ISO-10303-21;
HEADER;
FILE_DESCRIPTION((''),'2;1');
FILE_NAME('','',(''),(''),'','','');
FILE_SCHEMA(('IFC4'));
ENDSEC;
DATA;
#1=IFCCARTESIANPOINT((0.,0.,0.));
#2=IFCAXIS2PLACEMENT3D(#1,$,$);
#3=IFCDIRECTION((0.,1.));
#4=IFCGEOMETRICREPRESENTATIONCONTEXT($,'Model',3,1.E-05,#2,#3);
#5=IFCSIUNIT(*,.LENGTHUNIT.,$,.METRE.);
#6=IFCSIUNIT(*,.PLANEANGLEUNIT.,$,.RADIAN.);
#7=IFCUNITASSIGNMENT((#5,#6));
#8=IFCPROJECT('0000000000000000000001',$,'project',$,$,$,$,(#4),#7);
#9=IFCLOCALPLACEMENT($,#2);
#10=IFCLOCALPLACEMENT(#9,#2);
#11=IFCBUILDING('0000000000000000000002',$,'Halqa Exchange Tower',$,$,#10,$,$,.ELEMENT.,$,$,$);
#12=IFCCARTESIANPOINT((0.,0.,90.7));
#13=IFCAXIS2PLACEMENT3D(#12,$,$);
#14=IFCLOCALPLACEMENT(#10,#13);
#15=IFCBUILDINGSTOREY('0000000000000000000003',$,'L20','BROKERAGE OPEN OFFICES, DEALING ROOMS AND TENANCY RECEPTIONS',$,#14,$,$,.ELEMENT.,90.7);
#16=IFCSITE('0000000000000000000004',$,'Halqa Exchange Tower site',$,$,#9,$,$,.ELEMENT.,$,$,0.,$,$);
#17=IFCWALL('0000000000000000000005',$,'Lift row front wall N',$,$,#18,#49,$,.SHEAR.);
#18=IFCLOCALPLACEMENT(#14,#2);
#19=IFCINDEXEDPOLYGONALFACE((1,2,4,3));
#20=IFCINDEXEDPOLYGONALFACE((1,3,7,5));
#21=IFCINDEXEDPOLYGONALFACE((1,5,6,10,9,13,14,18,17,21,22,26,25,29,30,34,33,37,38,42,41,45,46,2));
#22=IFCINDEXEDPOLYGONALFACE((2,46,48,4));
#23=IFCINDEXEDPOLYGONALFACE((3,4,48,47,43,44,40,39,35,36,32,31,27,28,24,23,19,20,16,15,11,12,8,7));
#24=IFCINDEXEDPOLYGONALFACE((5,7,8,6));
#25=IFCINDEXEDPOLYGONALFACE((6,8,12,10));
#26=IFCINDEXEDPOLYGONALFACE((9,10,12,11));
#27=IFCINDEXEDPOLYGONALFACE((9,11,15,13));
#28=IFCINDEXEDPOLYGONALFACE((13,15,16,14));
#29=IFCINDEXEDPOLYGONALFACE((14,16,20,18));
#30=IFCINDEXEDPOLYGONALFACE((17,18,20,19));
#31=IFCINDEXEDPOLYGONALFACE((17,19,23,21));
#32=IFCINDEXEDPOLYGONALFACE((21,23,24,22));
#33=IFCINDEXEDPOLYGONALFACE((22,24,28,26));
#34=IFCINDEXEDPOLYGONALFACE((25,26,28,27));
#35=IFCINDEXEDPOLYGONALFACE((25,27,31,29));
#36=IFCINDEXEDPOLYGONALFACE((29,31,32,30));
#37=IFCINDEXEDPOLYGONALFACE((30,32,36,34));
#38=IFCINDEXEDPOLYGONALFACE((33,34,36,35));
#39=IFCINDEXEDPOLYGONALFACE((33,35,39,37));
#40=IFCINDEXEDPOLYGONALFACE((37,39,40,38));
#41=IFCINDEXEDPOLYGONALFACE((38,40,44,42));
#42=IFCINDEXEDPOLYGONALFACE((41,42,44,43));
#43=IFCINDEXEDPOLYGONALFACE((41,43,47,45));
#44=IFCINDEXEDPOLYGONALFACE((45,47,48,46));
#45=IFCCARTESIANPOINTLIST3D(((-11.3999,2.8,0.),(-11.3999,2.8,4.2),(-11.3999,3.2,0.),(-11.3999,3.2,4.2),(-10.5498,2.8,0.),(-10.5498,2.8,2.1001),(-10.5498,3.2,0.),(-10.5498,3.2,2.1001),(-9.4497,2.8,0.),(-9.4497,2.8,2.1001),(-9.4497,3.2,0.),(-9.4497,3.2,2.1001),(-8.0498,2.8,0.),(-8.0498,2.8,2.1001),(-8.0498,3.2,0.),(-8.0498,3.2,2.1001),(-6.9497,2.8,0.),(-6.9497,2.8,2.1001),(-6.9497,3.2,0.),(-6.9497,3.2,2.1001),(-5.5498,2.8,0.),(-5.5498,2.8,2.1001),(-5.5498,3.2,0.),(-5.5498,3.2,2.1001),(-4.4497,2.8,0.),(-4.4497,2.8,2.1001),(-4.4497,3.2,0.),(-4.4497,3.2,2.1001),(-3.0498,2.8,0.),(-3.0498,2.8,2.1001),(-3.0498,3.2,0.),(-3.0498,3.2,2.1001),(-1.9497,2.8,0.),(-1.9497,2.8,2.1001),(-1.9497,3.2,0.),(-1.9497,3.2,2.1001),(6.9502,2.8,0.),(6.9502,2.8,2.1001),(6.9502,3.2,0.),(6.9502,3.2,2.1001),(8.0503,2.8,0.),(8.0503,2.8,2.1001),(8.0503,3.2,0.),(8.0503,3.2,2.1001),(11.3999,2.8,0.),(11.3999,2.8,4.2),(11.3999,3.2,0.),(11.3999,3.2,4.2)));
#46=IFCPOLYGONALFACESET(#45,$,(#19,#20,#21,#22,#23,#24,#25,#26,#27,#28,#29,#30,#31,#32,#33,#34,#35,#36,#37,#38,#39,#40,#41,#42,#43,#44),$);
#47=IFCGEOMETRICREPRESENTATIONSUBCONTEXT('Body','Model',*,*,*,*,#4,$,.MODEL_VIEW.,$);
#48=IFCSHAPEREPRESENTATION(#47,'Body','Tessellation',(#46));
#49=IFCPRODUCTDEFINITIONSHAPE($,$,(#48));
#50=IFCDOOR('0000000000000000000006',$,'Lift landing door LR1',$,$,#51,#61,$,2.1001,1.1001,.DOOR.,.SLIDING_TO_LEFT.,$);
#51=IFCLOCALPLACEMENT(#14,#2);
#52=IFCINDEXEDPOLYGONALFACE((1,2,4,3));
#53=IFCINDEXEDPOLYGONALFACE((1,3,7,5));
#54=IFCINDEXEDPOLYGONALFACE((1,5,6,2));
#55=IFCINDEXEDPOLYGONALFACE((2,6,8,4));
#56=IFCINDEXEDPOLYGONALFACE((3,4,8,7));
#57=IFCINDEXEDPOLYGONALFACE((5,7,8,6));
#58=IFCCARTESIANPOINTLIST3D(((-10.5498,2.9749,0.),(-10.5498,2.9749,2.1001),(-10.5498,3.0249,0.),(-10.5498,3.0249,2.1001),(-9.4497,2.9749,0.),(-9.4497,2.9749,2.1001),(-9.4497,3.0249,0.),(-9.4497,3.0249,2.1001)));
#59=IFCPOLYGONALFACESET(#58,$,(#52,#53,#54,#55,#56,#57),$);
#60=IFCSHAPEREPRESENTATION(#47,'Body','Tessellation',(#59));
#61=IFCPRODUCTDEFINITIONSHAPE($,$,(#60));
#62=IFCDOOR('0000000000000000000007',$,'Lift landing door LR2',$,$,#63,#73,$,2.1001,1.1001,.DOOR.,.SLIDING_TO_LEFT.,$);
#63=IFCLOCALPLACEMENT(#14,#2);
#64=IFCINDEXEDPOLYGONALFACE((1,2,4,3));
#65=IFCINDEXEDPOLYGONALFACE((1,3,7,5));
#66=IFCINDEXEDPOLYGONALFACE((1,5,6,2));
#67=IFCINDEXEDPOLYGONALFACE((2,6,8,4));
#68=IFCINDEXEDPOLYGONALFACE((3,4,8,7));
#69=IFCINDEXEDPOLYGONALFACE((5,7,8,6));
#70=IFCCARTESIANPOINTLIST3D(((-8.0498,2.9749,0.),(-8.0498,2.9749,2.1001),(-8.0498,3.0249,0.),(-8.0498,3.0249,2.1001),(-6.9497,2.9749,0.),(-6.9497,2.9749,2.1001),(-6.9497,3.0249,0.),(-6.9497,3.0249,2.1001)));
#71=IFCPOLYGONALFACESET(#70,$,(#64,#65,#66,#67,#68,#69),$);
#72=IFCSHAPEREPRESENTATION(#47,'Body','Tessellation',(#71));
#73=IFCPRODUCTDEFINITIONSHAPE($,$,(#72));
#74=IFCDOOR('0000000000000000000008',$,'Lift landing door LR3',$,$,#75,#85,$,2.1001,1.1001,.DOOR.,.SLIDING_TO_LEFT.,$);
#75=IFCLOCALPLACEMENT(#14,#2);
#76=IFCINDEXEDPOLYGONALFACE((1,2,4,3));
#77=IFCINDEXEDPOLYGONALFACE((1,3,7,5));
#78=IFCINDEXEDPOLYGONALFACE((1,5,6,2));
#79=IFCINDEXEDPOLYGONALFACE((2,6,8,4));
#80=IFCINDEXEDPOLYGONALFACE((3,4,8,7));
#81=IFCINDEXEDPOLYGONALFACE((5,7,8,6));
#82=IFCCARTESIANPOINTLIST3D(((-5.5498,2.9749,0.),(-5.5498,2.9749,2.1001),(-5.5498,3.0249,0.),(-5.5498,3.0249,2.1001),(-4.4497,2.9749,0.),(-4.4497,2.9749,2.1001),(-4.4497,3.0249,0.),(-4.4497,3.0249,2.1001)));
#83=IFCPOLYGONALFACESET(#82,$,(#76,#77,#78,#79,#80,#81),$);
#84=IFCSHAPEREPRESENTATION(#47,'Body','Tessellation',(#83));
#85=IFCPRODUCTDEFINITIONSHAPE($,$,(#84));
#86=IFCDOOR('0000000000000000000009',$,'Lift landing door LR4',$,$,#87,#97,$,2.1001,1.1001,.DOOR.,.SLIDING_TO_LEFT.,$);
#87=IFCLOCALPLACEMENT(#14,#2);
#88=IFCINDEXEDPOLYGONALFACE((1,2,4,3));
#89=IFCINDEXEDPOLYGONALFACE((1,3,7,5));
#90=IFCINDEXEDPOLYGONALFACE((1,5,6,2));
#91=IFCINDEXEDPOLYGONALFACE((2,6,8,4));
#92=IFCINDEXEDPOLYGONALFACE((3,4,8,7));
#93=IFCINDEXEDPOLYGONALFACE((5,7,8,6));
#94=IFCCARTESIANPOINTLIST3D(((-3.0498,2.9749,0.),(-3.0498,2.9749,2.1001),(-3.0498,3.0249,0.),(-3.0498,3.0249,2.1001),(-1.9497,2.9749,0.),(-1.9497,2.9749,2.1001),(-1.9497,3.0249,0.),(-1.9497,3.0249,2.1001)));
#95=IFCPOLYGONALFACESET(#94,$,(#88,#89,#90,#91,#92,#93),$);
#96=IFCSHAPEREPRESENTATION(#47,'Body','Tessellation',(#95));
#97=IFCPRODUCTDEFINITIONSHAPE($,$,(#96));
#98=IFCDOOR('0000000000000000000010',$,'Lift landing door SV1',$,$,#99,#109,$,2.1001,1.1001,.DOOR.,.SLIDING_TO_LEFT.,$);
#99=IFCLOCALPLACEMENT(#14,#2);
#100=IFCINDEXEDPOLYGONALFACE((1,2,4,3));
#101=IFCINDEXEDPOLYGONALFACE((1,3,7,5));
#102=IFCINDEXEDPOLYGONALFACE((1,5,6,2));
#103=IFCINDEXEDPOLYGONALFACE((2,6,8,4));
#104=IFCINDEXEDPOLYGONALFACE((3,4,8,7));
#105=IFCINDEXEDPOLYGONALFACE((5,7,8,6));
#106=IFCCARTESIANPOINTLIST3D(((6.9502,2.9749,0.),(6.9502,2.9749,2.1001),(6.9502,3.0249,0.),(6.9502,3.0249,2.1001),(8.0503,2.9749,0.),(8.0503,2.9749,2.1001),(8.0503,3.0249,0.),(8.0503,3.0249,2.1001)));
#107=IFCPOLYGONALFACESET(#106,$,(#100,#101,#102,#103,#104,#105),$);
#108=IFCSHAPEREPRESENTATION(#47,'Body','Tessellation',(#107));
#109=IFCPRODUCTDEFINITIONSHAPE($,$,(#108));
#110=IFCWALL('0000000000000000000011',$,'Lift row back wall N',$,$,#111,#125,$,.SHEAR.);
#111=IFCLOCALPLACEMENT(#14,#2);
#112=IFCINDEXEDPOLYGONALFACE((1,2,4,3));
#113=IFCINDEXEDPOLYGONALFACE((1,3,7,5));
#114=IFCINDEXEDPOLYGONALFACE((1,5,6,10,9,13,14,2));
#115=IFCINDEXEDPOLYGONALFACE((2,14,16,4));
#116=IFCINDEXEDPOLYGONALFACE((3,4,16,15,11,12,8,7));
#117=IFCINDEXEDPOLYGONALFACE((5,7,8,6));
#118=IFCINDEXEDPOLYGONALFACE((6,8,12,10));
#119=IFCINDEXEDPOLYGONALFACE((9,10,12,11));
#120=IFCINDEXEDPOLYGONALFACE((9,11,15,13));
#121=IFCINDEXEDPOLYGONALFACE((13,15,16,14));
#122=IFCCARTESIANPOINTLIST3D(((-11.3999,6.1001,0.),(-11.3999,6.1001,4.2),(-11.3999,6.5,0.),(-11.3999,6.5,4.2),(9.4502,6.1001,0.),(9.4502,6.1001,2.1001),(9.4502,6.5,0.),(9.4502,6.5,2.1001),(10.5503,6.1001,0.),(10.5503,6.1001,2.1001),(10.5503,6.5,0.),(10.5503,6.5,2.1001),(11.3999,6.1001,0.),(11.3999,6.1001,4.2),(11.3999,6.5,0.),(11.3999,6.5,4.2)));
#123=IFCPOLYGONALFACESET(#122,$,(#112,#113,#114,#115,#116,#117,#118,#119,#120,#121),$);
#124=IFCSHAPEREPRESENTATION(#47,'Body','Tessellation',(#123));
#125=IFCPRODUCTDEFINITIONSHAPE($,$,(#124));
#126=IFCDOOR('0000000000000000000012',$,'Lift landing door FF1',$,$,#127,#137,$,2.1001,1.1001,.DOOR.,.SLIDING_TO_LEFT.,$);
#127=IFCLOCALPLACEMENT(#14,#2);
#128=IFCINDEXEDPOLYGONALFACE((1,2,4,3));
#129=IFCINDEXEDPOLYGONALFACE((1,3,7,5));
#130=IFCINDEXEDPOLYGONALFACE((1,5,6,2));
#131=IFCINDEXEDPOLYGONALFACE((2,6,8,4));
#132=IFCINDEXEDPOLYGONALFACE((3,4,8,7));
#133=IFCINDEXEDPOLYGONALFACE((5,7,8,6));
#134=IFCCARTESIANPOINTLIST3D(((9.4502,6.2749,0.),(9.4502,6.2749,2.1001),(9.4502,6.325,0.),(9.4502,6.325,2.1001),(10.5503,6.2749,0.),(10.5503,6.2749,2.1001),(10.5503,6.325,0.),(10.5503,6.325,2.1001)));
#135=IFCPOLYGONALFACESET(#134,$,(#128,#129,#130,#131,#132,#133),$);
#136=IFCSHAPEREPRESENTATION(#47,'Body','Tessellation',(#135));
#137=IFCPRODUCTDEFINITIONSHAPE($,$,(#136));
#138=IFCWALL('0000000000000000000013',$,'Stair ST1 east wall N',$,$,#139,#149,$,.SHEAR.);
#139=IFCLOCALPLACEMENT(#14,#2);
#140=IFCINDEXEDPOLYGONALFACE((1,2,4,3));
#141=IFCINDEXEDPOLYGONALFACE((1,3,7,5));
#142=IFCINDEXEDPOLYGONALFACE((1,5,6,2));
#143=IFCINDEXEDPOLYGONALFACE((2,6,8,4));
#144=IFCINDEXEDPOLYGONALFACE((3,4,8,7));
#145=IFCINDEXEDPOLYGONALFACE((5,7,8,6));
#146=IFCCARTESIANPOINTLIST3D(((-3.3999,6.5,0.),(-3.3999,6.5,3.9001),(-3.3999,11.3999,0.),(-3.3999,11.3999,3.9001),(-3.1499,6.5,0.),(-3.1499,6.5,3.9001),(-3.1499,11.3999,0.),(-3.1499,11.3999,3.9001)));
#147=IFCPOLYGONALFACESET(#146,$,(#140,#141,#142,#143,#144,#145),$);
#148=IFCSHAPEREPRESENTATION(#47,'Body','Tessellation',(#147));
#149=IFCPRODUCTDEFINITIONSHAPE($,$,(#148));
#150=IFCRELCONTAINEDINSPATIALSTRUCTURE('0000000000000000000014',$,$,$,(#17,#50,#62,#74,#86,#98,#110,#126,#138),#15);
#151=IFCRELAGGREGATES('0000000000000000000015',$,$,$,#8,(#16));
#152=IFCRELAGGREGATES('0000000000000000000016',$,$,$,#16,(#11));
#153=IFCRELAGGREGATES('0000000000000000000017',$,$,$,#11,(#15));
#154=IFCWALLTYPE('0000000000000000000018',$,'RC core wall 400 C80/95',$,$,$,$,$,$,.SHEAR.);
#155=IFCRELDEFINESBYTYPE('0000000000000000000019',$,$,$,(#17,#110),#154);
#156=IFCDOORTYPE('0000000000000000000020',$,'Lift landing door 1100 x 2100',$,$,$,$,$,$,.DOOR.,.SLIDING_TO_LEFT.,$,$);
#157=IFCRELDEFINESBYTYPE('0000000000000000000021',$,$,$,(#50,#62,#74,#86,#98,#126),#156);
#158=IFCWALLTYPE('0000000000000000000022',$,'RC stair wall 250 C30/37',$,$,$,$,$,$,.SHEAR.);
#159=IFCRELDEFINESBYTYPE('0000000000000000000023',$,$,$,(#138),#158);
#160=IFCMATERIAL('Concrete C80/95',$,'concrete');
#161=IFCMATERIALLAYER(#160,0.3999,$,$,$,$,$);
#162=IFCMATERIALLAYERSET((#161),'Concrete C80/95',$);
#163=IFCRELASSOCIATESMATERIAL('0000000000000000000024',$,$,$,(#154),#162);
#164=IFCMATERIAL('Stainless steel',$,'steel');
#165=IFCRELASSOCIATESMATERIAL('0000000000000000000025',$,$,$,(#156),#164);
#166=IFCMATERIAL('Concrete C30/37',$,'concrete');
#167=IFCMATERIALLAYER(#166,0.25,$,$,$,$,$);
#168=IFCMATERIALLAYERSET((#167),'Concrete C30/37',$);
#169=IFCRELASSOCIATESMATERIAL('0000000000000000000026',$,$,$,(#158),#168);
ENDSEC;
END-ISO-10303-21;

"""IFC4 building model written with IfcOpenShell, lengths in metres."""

from ifc_helpers import new_model, si_unit, direction, frame, frame_2d, origin, place, context, subcontext, project, spatial, rectangle, extrude, material, layer, layer_set, type_object, element, fill, save


model = new_model("IFC4")

# Units and contexts
model_context = context("Model", 3, precision=1e-05, world=origin(), true_north=direction((0.0, 1.0)))
body_context = subcontext(model_context, "Body", "Model", "MODEL_VIEW")
ifc_project = project(units=[si_unit("LENGTHUNIT", "METRE"), si_unit("PLANEANGLEUNIT", "RADIAN")], contexts=[model_context])

# Site, building, storey
site_placement = place(None, origin())
site = spatial("IfcSite", under=ifc_project, at=site_placement, Name="Halqa Exchange Tower site", CompositionType="ELEMENT", RefElevation=0.0)
building_placement = place(site_placement, origin())
building = spatial("IfcBuilding", under=site, at=building_placement, Name="Halqa Exchange Tower", CompositionType="ELEMENT")
storey_placement = place(building_placement, frame((0.0, 0.0, 90.7)))
storey = spatial("IfcBuildingStorey", under=building, at=storey_placement, Name="L20", Description="BROKERAGE OPEN OFFICES, DEALING ROOMS AND TENANCY RECEPTIONS", CompositionType="ELEMENT", Elevation=90.7)

# Wall, openings, doors
ifc_material_1 = material(Name="Concrete C80/95", Category="concrete")
ifc_layer_1 = layer(ifc_material_1, 0.3999)
ifc_layer_set_1 = layer_set([ifc_layer_1], Name="Concrete C80/95")
wall_type_1 = type_object("IfcWallType", Name="RC core wall 400 C80/95", PredefinedType="SHEAR", material=ifc_layer_set_1)
wall_1_placement = place(storey_placement, frame((-11.3999, 3.0, 0.0), z_axis=(0.0, 0.0, 1.0), x_axis=(1.0, 0.0, 0.0)))
wall_1 = element("IfcWall", 1, at=wall_1_placement, inside=storey, type_object=wall_type_1, Name="Lift row front wall N", PredefinedType="SHEAR", context=body_context, shape_type="SweptSolid", body=[
    extrude(rectangle(XDim=22.7998, YDim=0.3999, at=frame_2d((11.3999, 0.0))), origin(), (0.0, 0.0, 1.0), 4.2),
])
opening_1_placement = place(wall_1_placement, frame((0.8501, 0.0, 0.0)))
opening_1 = element("IfcOpeningElement", 2, at=opening_1_placement, cuts=wall_1, PredefinedType="OPENING", context=body_context, shape_type="SweptSolid", body=[
    extrude(rectangle(XDim=1.1001, YDim=2.1001, at=frame_2d((0.55, 1.05))), frame((0.0, 0.2119, 0.0), z_axis=(0.0, -1.0, 0.0), x_axis=(1.0, 0.0, 0.0)), (0.0, 0.0, 1.0), 0.4238),
])
opening_2_placement = place(wall_1_placement, frame((3.3501, 0.0, 0.0)))
opening_2 = element("IfcOpeningElement", 3, at=opening_2_placement, cuts=wall_1, PredefinedType="OPENING", context=body_context, shape_type="SweptSolid", body=[
    extrude(rectangle(XDim=1.1001, YDim=2.1001, at=frame_2d((0.55, 1.05))), frame((0.0, 0.2119, 0.0), z_axis=(0.0, -1.0, 0.0), x_axis=(1.0, 0.0, 0.0)), (0.0, 0.0, 1.0), 0.4238),
])
opening_3_placement = place(wall_1_placement, frame((5.8501, 0.0, 0.0)))
opening_3 = element("IfcOpeningElement", 4, at=opening_3_placement, cuts=wall_1, PredefinedType="OPENING", context=body_context, shape_type="SweptSolid", body=[
    extrude(rectangle(XDim=1.1001, YDim=2.1001, at=frame_2d((0.55, 1.05))), frame((0.0, 0.2119, 0.0), z_axis=(0.0, -1.0, 0.0), x_axis=(1.0, 0.0, 0.0)), (0.0, 0.0, 1.0), 0.4238),
])
opening_4_placement = place(wall_1_placement, frame((8.3501, 0.0, 0.0)))
opening_4 = element("IfcOpeningElement", 5, at=opening_4_placement, cuts=wall_1, PredefinedType="OPENING", context=body_context, shape_type="SweptSolid", body=[
    extrude(rectangle(XDim=1.1001, YDim=2.1001, at=frame_2d((0.55, 1.05))), frame((0.0, 0.2119, 0.0), z_axis=(0.0, -1.0, 0.0), x_axis=(1.0, 0.0, 0.0)), (0.0, 0.0, 1.0), 0.4238),
])
opening_5_placement = place(wall_1_placement, frame((18.3501, 0.0, 0.0)))
opening_5 = element("IfcOpeningElement", 6, at=opening_5_placement, cuts=wall_1, PredefinedType="OPENING", context=body_context, shape_type="SweptSolid", body=[
    extrude(rectangle(XDim=1.1001, YDim=2.1001, at=frame_2d((0.55, 1.05))), frame((0.0, 0.2119, 0.0), z_axis=(0.0, -1.0, 0.0), x_axis=(1.0, 0.0, 0.0)), (0.0, 0.0, 1.0), 0.4238),
])
ifc_material_2 = material(Name="Stainless steel", Category="steel")
door_type = type_object("IfcDoorType", Name="Lift landing door 1100 x 2100", OperationType="SLIDING_TO_LEFT", PredefinedType="DOOR", material=ifc_material_2)
door_1_placement = place(opening_1_placement, origin())
door_1 = element("IfcDoor", 7, at=door_1_placement, inside=storey, type_object=door_type, Name="Lift landing door LR1", OperationType="SLIDING_TO_LEFT", OverallHeight=2.1001, OverallWidth=1.1001, PredefinedType="DOOR", context=body_context, shape_type="SweptSolid", body=[
    extrude(rectangle(XDim=1.1001, YDim=2.1001, at=frame_2d((0.55, 1.05))), frame((0.0, 0.0249, 0.0), z_axis=(0.0, -1.0, 0.0), x_axis=(1.0, 0.0, 0.0)), (0.0, 0.0, 1.0), 0.05),
])
fill(opening_1, door_1)
door_2_placement = place(opening_2_placement, origin())
door_2 = element("IfcDoor", 8, at=door_2_placement, inside=storey, type_object=door_type, Name="Lift landing door LR2", OperationType="SLIDING_TO_LEFT", OverallHeight=2.1001, OverallWidth=1.1001, PredefinedType="DOOR", context=body_context, shape_type="SweptSolid", body=[
    extrude(rectangle(XDim=1.1001, YDim=2.1001, at=frame_2d((0.55, 1.05))), frame((0.0, 0.0249, 0.0), z_axis=(0.0, -1.0, 0.0), x_axis=(1.0, 0.0, 0.0)), (0.0, 0.0, 1.0), 0.05),
])
fill(opening_2, door_2)
door_3_placement = place(opening_3_placement, origin())
door_3 = element("IfcDoor", 9, at=door_3_placement, inside=storey, type_object=door_type, Name="Lift landing door LR3", OperationType="SLIDING_TO_LEFT", OverallHeight=2.1001, OverallWidth=1.1001, PredefinedType="DOOR", context=body_context, shape_type="SweptSolid", body=[
    extrude(rectangle(XDim=1.1001, YDim=2.1001, at=frame_2d((0.55, 1.05))), frame((0.0, 0.0249, 0.0), z_axis=(0.0, -1.0, 0.0), x_axis=(1.0, 0.0, 0.0)), (0.0, 0.0, 1.0), 0.05),
])
fill(opening_3, door_3)
door_4_placement = place(opening_4_placement, origin())
door_4 = element("IfcDoor", 10, at=door_4_placement, inside=storey, type_object=door_type, Name="Lift landing door LR4", OperationType="SLIDING_TO_LEFT", OverallHeight=2.1001, OverallWidth=1.1001, PredefinedType="DOOR", context=body_context, shape_type="SweptSolid", body=[
    extrude(rectangle(XDim=1.1001, YDim=2.1001, at=frame_2d((0.55, 1.05))), frame((0.0, 0.0249, 0.0), z_axis=(0.0, -1.0, 0.0), x_axis=(1.0, 0.0, 0.0)), (0.0, 0.0, 1.0), 0.05),
])
fill(opening_4, door_4)
door_5_placement = place(opening_5_placement, origin())
door_5 = element("IfcDoor", 11, at=door_5_placement, inside=storey, type_object=door_type, Name="Lift landing door SV1", OperationType="SLIDING_TO_LEFT", OverallHeight=2.1001, OverallWidth=1.1001, PredefinedType="DOOR", context=body_context, shape_type="SweptSolid", body=[
    extrude(rectangle(XDim=1.1001, YDim=2.1001, at=frame_2d((0.55, 1.05))), frame((0.0, 0.0249, 0.0), z_axis=(0.0, -1.0, 0.0), x_axis=(1.0, 0.0, 0.0)), (0.0, 0.0, 1.0), 0.05),
])
fill(opening_5, door_5)

# Wall, opening, door
wall_2_placement = place(storey_placement, frame((-11.3999, 6.3, 0.0), z_axis=(0.0, 0.0, 1.0), x_axis=(1.0, 0.0, 0.0)))
wall_2 = element("IfcWall", 12, at=wall_2_placement, inside=storey, type_object=wall_type_1, Name="Lift row back wall N", PredefinedType="SHEAR", context=body_context, shape_type="SweptSolid", body=[
    extrude(rectangle(XDim=22.7998, YDim=0.3999, at=frame_2d((11.3999, 0.0))), origin(), (0.0, 0.0, 1.0), 4.2),
])
opening_6_placement = place(wall_2_placement, frame((20.8501, 0.0, 0.0)))
opening_6 = element("IfcOpeningElement", 13, at=opening_6_placement, cuts=wall_2, PredefinedType="OPENING", context=body_context, shape_type="SweptSolid", body=[
    extrude(rectangle(XDim=1.1001, YDim=2.1001, at=frame_2d((0.55, 1.05))), frame((0.0, 0.2119, 0.0), z_axis=(0.0, -1.0, 0.0), x_axis=(1.0, 0.0, 0.0)), (0.0, 0.0, 1.0), 0.4238),
])
door_6_placement = place(opening_6_placement, origin())
door_6 = element("IfcDoor", 14, at=door_6_placement, inside=storey, type_object=door_type, Name="Lift landing door FF1", OperationType="SLIDING_TO_LEFT", OverallHeight=2.1001, OverallWidth=1.1001, PredefinedType="DOOR", context=body_context, shape_type="SweptSolid", body=[
    extrude(rectangle(XDim=1.1001, YDim=2.1001, at=frame_2d((0.55, 1.05))), frame((0.0, 0.0249, 0.0), z_axis=(0.0, -1.0, 0.0), x_axis=(1.0, 0.0, 0.0)), (0.0, 0.0, 1.0), 0.05),
])
fill(opening_6, door_6)

# Wall
ifc_material_3 = material(Name="Concrete C30/37", Category="concrete")
ifc_layer_2 = layer(ifc_material_3, 0.25)
ifc_layer_set_2 = layer_set([ifc_layer_2], Name="Concrete C30/37")
wall_type_2 = type_object("IfcWallType", Name="RC stair wall 250 C30/37", PredefinedType="SHEAR", material=ifc_layer_set_2)
wall_3_placement = place(storey_placement, frame((-3.2749, 6.5, 0.0), z_axis=(0.0, 0.0, 1.0), x_axis=(0.0, 1.0, 0.0)))
element("IfcWall", 15, at=wall_3_placement, inside=storey, type_object=wall_type_2, Name="Stair ST1 east wall N", PredefinedType="SHEAR", context=body_context, shape_type="SweptSolid", body=[
    extrude(rectangle(XDim=4.8999, YDim=0.25, at=frame_2d((2.45, 0.0))), origin(), (0.0, 0.0, 1.0), 3.9001),
])

save(model, "model.ifc")
